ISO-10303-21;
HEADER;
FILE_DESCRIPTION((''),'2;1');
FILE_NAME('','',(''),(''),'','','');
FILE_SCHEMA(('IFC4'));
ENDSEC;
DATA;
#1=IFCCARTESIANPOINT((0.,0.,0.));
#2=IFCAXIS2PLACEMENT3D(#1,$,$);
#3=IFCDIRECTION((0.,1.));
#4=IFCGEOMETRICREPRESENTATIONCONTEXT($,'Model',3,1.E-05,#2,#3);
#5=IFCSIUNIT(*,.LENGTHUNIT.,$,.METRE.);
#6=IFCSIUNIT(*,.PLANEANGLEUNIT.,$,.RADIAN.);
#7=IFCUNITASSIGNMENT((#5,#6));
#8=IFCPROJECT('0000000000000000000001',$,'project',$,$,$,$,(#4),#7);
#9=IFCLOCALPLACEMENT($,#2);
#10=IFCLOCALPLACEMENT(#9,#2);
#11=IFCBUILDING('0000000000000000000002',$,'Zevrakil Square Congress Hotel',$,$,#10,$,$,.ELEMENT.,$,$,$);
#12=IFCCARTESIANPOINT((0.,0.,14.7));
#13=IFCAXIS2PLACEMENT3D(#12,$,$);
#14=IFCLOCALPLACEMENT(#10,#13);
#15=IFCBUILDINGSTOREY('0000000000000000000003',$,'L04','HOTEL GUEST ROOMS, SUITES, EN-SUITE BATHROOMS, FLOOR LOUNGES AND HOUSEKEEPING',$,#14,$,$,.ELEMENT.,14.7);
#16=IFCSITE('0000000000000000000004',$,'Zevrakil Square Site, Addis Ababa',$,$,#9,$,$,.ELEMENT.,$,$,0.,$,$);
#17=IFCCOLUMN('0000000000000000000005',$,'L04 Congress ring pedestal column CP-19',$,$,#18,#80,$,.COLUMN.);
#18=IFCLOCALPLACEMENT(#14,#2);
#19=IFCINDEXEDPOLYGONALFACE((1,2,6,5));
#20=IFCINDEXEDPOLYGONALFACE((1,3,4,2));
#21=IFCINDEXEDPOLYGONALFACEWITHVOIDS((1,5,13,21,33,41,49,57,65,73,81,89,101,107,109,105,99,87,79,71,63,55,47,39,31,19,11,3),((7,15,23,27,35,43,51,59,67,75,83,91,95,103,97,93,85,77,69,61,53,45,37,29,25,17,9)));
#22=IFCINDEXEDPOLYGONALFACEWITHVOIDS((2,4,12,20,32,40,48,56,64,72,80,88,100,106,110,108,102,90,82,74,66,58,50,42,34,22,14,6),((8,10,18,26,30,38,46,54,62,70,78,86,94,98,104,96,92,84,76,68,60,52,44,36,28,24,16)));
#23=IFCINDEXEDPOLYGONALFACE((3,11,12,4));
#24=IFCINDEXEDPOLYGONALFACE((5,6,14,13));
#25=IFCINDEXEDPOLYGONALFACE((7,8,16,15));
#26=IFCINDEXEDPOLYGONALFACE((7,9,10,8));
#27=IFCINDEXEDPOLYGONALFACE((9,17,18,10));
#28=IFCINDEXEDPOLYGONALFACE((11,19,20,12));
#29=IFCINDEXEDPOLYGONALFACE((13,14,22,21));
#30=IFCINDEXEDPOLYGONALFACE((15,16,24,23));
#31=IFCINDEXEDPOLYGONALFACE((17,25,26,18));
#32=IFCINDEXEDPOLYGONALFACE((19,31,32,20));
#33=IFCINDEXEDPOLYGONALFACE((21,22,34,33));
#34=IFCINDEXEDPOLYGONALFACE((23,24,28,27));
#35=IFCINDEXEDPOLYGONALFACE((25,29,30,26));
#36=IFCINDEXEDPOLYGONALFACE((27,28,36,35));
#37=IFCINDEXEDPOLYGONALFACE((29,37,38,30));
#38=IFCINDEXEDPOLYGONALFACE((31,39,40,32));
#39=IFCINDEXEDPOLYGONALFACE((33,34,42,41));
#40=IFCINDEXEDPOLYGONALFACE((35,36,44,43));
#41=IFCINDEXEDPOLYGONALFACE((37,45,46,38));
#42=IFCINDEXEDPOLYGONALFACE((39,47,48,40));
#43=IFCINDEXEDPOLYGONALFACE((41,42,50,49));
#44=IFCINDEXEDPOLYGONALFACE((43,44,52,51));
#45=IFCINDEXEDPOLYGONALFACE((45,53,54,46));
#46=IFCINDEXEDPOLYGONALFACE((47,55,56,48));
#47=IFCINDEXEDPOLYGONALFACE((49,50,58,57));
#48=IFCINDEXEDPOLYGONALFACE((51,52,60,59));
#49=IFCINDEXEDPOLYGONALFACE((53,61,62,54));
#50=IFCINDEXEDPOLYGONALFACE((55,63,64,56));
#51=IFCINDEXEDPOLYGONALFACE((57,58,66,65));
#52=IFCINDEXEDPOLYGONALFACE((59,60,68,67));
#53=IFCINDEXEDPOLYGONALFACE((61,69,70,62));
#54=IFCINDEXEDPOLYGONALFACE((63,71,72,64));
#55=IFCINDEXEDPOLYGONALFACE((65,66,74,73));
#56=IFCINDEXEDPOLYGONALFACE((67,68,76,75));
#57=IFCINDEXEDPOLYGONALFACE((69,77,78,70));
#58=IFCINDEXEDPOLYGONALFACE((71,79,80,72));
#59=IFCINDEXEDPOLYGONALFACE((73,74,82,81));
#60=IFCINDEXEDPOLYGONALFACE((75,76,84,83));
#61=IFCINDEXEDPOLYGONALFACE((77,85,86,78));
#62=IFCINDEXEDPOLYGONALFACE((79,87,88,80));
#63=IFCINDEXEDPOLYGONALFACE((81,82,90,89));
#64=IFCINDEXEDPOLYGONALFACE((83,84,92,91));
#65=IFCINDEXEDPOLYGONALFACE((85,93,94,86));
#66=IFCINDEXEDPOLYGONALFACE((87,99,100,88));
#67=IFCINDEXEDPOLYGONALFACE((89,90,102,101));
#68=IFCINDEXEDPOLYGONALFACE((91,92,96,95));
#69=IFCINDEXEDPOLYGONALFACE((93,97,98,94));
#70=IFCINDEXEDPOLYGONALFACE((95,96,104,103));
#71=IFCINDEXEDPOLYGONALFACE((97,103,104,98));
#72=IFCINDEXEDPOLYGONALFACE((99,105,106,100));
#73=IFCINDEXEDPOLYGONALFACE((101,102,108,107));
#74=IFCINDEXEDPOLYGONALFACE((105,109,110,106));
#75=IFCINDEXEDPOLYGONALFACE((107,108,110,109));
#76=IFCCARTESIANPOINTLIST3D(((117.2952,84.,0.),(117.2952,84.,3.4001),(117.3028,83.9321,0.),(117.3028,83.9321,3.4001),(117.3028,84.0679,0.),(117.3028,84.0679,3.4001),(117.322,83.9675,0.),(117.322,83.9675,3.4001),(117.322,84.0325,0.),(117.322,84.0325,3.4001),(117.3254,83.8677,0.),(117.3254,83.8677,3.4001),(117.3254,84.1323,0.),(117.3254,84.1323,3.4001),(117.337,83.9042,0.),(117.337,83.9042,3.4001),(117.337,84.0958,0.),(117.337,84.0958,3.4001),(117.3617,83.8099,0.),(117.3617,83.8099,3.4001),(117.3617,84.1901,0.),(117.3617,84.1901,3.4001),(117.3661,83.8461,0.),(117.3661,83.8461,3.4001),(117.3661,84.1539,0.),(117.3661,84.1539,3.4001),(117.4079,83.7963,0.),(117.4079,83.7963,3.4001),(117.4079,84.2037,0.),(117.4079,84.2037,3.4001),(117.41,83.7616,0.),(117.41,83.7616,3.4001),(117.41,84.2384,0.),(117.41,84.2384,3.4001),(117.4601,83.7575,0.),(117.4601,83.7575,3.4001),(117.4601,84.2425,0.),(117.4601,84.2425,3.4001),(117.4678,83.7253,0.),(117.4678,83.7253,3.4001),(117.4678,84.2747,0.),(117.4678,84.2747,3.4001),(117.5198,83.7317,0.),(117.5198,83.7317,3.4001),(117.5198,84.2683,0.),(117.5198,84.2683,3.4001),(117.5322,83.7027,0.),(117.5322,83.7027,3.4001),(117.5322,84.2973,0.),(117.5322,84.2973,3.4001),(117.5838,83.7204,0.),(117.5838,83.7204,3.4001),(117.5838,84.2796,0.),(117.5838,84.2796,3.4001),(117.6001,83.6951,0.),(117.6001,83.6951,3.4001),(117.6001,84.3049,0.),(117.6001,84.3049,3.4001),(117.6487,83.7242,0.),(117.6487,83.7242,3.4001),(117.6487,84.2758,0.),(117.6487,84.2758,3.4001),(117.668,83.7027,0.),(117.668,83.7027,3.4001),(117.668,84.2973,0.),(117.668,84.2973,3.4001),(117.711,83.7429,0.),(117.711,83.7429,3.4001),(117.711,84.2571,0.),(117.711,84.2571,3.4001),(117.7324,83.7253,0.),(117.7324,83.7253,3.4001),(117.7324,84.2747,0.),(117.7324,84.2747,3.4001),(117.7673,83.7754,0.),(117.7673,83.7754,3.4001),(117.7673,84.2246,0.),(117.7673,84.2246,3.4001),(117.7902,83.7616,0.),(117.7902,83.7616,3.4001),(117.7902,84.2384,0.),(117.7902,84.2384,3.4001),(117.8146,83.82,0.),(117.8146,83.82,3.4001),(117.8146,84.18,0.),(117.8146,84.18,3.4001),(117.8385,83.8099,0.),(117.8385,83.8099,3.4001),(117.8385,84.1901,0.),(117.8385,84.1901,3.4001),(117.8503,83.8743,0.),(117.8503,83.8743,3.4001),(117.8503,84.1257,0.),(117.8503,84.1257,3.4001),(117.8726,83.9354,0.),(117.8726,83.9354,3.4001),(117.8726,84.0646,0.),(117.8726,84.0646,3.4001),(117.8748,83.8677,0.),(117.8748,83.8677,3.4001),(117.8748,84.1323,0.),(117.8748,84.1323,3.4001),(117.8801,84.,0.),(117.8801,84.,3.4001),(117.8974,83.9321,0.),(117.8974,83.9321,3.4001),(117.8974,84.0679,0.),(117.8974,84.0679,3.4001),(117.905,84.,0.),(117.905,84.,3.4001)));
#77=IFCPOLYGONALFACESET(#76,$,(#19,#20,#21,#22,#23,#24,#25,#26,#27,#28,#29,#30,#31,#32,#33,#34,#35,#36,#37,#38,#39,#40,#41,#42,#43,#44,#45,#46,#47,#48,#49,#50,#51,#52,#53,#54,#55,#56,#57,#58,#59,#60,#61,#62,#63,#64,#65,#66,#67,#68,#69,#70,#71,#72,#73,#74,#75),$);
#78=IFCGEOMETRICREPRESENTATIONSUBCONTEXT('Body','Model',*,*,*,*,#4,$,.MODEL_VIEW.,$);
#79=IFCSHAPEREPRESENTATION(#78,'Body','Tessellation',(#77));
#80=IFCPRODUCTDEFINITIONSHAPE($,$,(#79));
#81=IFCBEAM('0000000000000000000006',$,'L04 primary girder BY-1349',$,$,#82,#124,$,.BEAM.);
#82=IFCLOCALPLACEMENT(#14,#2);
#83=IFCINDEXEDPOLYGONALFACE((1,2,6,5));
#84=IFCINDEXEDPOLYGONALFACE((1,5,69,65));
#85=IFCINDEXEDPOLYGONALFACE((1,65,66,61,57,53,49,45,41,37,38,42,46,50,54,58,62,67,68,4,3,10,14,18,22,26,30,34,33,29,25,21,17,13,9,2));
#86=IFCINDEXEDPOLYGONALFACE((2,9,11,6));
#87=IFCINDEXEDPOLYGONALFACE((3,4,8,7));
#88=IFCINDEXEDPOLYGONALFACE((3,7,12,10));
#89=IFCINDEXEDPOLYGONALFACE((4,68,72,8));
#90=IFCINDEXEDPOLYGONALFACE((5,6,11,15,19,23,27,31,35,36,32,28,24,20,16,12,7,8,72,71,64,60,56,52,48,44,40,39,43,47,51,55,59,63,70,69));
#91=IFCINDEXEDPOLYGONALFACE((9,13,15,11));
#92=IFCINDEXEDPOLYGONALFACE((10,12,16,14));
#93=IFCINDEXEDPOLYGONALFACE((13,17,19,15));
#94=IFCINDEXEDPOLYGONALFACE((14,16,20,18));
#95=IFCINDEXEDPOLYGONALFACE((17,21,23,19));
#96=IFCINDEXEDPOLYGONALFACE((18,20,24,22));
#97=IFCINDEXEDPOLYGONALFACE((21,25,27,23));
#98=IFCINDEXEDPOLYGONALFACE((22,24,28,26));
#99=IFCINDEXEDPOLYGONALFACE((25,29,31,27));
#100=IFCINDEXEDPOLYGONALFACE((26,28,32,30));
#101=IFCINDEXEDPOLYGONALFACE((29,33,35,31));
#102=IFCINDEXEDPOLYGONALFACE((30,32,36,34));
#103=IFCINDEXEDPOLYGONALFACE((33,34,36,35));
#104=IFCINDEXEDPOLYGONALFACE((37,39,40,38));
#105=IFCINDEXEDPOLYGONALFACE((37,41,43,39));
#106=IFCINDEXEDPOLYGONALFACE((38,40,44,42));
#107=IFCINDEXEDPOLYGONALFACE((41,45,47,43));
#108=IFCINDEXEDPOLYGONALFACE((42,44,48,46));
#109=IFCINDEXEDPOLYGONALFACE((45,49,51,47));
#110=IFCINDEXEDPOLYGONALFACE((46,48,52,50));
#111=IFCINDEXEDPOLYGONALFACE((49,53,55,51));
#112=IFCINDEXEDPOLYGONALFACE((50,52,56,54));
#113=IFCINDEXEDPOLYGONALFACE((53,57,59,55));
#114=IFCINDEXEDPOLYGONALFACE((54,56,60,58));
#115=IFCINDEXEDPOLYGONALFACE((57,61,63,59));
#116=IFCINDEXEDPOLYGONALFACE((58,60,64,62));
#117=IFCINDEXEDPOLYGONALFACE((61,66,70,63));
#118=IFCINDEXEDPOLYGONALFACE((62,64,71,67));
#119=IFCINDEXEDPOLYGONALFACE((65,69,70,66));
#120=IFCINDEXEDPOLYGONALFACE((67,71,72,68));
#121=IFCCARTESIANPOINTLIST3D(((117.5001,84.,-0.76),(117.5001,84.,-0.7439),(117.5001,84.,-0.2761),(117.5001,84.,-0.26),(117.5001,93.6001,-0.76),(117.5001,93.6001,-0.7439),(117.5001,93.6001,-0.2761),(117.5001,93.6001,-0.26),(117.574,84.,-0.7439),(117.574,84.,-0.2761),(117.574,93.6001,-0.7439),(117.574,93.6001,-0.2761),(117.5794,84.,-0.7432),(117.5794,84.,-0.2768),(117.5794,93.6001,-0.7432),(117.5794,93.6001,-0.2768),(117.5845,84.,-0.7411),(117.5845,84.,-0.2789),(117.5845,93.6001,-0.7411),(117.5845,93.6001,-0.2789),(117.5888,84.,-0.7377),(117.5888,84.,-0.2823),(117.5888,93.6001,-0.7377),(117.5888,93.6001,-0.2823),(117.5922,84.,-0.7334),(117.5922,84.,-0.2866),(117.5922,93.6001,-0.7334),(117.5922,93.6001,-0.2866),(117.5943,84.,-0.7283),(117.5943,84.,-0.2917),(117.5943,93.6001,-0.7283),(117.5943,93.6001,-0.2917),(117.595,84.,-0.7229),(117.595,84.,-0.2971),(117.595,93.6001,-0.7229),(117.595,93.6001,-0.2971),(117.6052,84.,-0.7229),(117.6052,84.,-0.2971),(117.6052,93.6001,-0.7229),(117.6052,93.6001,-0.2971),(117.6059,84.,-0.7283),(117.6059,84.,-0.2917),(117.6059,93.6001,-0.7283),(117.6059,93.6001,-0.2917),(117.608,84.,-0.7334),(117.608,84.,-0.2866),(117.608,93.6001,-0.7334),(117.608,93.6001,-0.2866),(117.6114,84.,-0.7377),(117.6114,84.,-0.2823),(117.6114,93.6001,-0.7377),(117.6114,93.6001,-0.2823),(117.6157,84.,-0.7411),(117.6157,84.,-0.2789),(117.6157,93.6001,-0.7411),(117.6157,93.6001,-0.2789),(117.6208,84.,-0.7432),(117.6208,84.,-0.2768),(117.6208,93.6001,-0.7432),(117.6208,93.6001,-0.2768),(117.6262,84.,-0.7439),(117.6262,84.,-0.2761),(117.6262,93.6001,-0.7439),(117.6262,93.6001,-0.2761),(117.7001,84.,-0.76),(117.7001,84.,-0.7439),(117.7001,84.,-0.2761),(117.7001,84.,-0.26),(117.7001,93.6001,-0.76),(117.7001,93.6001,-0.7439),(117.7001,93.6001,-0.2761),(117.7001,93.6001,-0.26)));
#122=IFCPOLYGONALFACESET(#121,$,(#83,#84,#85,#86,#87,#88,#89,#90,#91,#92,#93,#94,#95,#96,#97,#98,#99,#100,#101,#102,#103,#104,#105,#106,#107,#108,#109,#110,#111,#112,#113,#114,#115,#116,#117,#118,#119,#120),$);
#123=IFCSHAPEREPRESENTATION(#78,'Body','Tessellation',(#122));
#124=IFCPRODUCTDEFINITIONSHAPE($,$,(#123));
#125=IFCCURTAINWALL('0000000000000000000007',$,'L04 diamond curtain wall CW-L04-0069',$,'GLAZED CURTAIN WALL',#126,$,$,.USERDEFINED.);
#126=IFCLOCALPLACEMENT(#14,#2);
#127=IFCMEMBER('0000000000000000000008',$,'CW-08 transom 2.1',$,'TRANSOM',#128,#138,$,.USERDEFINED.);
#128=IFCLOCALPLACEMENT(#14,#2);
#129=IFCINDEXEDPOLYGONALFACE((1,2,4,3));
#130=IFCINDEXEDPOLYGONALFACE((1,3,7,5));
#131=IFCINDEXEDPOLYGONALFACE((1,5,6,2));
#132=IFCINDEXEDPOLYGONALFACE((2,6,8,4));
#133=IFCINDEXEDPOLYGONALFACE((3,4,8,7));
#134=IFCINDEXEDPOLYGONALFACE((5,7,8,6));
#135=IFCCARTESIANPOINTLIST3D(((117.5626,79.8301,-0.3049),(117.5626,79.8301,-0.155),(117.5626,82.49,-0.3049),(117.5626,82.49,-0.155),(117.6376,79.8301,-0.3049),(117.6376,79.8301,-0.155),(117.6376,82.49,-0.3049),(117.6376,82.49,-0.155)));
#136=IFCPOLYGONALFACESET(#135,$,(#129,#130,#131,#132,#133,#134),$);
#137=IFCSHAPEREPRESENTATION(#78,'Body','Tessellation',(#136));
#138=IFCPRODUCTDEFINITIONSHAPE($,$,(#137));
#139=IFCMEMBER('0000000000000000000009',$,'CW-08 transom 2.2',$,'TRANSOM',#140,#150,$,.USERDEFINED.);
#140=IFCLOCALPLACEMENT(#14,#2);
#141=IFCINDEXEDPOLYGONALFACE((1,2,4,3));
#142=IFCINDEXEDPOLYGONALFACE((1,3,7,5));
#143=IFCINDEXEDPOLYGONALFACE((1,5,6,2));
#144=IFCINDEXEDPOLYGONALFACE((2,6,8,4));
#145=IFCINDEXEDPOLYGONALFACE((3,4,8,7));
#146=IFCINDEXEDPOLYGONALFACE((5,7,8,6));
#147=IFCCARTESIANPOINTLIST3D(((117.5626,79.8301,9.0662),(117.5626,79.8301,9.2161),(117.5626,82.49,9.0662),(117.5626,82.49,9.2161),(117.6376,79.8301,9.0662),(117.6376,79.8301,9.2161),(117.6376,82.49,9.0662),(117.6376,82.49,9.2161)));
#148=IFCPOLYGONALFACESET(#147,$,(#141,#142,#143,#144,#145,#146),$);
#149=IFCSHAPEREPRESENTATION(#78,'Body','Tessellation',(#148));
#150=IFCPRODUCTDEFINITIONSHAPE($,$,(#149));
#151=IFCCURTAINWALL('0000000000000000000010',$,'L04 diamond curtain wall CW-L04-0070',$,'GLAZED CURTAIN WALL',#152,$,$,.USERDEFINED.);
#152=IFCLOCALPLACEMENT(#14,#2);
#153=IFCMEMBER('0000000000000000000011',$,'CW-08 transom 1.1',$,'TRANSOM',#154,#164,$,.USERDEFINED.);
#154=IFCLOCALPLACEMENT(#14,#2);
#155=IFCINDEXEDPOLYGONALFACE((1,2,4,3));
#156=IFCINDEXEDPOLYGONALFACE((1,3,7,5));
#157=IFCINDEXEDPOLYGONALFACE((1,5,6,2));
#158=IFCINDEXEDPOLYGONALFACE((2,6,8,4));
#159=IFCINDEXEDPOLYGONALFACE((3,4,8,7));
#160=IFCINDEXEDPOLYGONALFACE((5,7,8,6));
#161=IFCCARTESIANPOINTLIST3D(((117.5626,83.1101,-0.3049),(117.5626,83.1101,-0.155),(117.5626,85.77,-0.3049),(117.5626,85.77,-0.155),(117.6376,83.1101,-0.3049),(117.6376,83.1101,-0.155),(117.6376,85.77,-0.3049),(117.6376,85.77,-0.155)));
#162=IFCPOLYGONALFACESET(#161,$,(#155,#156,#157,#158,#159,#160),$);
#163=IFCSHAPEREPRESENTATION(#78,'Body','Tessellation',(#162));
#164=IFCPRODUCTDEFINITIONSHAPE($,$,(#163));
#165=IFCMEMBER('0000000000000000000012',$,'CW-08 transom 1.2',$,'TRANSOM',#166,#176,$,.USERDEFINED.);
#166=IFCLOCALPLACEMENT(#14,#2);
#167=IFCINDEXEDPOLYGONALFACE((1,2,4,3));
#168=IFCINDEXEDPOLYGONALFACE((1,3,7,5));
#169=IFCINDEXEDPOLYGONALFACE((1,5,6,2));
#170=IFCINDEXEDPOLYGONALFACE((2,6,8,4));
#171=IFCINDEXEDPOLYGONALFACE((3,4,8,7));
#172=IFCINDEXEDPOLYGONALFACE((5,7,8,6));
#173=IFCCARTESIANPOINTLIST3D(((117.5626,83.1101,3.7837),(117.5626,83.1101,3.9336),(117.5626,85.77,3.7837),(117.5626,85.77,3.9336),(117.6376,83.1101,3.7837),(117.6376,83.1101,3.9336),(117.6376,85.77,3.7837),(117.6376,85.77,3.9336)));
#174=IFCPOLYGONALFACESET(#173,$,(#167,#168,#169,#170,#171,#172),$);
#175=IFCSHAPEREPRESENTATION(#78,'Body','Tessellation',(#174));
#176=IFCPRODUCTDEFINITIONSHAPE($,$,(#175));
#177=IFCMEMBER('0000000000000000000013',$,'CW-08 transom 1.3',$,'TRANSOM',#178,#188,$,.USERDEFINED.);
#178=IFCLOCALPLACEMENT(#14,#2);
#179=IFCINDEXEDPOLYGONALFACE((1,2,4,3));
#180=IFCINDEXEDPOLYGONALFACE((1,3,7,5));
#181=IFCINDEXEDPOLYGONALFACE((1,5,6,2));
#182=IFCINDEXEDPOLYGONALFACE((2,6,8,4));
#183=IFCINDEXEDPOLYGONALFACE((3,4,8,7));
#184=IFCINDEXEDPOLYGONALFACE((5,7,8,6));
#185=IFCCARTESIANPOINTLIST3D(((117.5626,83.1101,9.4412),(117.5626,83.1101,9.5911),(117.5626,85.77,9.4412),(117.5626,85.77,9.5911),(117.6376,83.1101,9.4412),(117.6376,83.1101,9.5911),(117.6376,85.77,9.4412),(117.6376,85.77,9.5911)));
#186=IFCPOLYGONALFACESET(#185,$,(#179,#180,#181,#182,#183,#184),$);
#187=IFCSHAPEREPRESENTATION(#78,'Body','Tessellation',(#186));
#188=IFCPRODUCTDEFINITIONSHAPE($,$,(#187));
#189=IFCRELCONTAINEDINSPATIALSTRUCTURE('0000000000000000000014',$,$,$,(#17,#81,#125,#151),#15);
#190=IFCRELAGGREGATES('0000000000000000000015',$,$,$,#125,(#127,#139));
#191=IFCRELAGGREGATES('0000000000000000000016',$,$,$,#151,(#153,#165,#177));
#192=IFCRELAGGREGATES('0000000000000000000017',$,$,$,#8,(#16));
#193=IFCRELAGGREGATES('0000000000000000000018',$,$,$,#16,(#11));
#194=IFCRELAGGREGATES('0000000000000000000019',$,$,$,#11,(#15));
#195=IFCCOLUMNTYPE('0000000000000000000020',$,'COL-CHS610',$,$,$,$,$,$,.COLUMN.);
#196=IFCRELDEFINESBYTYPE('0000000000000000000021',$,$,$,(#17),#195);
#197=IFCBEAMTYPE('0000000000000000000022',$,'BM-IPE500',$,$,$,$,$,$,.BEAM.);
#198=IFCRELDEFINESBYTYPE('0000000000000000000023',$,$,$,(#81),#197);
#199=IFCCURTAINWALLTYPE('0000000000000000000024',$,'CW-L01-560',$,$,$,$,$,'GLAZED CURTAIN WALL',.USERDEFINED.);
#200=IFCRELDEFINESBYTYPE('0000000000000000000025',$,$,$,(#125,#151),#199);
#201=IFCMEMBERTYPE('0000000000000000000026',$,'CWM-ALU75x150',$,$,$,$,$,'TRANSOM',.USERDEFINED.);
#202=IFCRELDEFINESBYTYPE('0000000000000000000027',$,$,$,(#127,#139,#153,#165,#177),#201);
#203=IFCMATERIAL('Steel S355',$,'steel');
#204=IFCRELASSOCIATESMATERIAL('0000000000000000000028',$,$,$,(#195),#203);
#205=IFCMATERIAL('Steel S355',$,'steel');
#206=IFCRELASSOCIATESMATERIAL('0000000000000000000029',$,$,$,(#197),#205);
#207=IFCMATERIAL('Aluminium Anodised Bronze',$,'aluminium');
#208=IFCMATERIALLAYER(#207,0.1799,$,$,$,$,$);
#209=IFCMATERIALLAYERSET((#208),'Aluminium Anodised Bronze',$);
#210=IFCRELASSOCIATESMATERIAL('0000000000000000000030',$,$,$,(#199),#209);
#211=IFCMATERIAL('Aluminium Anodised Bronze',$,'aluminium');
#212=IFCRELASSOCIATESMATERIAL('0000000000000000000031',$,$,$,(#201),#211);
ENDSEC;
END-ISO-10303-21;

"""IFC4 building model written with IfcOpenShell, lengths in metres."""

from ifc_helpers import new_model, si_unit, direction, frame, origin, origin_2d, place, context, subcontext, project, spatial, rectangle, hollow_circle, i_section, extrude, material, layer, layer_set, material_profile, profile_set, type_object, element, aggregate, save


model = new_model("IFC4")

# Units and contexts
model_context = context("Model", 3, precision=1e-05, world=origin(), true_north=direction((0.0, 1.0)))
body_context = subcontext(model_context, "Body", "Model", "MODEL_VIEW")
ifc_project = project(units=[si_unit("LENGTHUNIT", "METRE"), si_unit("PLANEANGLEUNIT", "RADIAN")], contexts=[model_context])

# Site, building, storey
site_placement = place(None, origin())
site = spatial("IfcSite", under=ifc_project, at=site_placement, Name="Zevrakil Square Site, Addis Ababa", CompositionType="ELEMENT", RefElevation=0.0)
building_placement = place(site_placement, origin())
building = spatial("IfcBuilding", under=site, at=building_placement, Name="Zevrakil Square Congress Hotel", CompositionType="ELEMENT")
storey_placement = place(building_placement, frame((0.0, 0.0, 14.7)))
storey = spatial("IfcBuildingStorey", under=building, at=storey_placement, Name="L04", Description="HOTEL GUEST ROOMS, SUITES, EN-SUITE BATHROOMS, FLOOR LOUNGES AND HOUSEKEEPING", CompositionType="ELEMENT", Elevation=14.7)

# Column
ifc_material_1 = material(Name="Steel S355", Category="steel")
ifc_material_profile_1 = material_profile(ifc_material_1, hollow_circle(Radius=0.3049, WallThickness=0.0249, at=origin_2d()), Name="CHS 610x25")
ifc_profile_set_1 = profile_set([ifc_material_profile_1], Name="Steel S355")
column_type = type_object("IfcColumnType", Name="COL-CHS610", PredefinedType="COLUMN", material=ifc_profile_set_1)
column_placement = place(storey_placement, frame((117.6001, 84.0, 0.0), z_axis=(0.0, 0.0, 1.0), x_axis=(1.0, 0.0, 0.0)))
element("IfcColumn", 1, at=column_placement, inside=storey, type_object=column_type, Name="L04 Congress ring pedestal column CP-19", PredefinedType="COLUMN", context=body_context, shape_type="SweptSolid", body=[
    extrude(hollow_circle(Radius=0.3049, WallThickness=0.0249, at=origin_2d()), origin(), (0.0, 0.0, 1.0), 3.4001),
])

# Beam
ifc_material_2 = material(Name="Steel S355", Category="steel")
ifc_material_profile_2 = material_profile(ifc_material_2, i_section(OverallWidth=0.2, OverallDepth=0.5, WebThickness=0.0103, FlangeThickness=0.0161, FilletRadius=0.021, at=origin_2d()), Name="IPE 500")
ifc_profile_set_2 = profile_set([ifc_material_profile_2], Name="Steel S355")
beam_type = type_object("IfcBeamType", Name="BM-IPE500", PredefinedType="BEAM", material=ifc_profile_set_2)
beam_placement = place(storey_placement, frame((117.6001, 84.0, -0.51), z_axis=(0.0, 1.0, 0.0), x_axis=(-1.0, 0.0, 0.0)))
element("IfcBeam", 2, at=beam_placement, inside=storey, type_object=beam_type, Name="L04 primary girder BY-1349", PredefinedType="BEAM", context=body_context, shape_type="SweptSolid", body=[
    extrude(i_section(OverallWidth=0.2, OverallDepth=0.5, WebThickness=0.0103, FlangeThickness=0.0161, FilletRadius=0.021, at=origin_2d()), origin(), (0.0, 0.0, 1.0), 9.6001),
])

# Curtain walls, members
ifc_material_3 = material(Name="Aluminium Anodised Bronze", Category="aluminium")
ifc_layer_1 = layer(ifc_material_3, 0.1799)
ifc_layer_set_1 = layer_set([ifc_layer_1], Name="Aluminium Anodised Bronze")
curtain_wall_type = type_object("IfcCurtainWallType", Name="CW-L01-560", ElementType="GLAZED CURTAIN WALL", PredefinedType="USERDEFINED", material=ifc_layer_set_1)
curtain_wall_1_placement = place(storey_placement, origin())
curtain_wall_1 = element("IfcCurtainWall", 3, at=curtain_wall_1_placement, inside=storey, type_object=curtain_wall_type, Name="L04 diamond curtain wall CW-L04-0069", ObjectType="GLAZED CURTAIN WALL", PredefinedType="USERDEFINED")
ifc_material_4 = material(Name="Aluminium Anodised Bronze", Category="aluminium")
ifc_material_profile_3 = material_profile(ifc_material_4, rectangle(XDim=0.075, YDim=0.1499, at=origin_2d()), Name="ALU 75x150")
ifc_profile_set_3 = profile_set([ifc_material_profile_3], Name="Aluminium Anodised Bronze")
member_type_1 = type_object("IfcMemberType", Name="CWM-ALU75x150", ElementType="TRANSOM", PredefinedType="USERDEFINED", material=ifc_profile_set_3)
member_1_placement = place(storey_placement, frame((117.6001, 79.8301, -0.23), z_axis=(0.0, 1.0, 0.0), x_axis=(-1.0, 0.0, 0.0)))
member_1 = element("IfcMember", 4, at=member_1_placement, type_object=member_type_1, Name="CW-08 transom 2.1", ObjectType="TRANSOM", PredefinedType="USERDEFINED", context=body_context, shape_type="SweptSolid", body=[
    extrude(rectangle(XDim=0.075, YDim=0.1499, at=origin_2d()), origin(), (0.0, 0.0, 1.0), 2.6599),
])
member_2_placement = place(storey_placement, frame((117.6001, 79.8301, 9.1411), z_axis=(0.0, 1.0, 0.0), x_axis=(-1.0, 0.0, 0.0)))
member_2 = element("IfcMember", 5, at=member_2_placement, type_object=member_type_1, Name="CW-08 transom 2.2", ObjectType="TRANSOM", PredefinedType="USERDEFINED", context=body_context, shape_type="SweptSolid", body=[
    extrude(rectangle(XDim=0.075, YDim=0.1499, at=origin_2d()), origin(), (0.0, 0.0, 1.0), 2.6599),
])
curtain_wall_2_placement = place(storey_placement, origin())
curtain_wall_2 = element("IfcCurtainWall", 6, at=curtain_wall_2_placement, inside=storey, type_object=curtain_wall_type, Name="L04 diamond curtain wall CW-L04-0070", ObjectType="GLAZED CURTAIN WALL", PredefinedType="USERDEFINED")
member_3_placement = place(storey_placement, frame((117.6001, 83.1101, -0.23), z_axis=(0.0, 1.0, 0.0), x_axis=(-1.0, 0.0, 0.0)))
member_3 = element("IfcMember", 7, at=member_3_placement, type_object=member_type_1, Name="CW-08 transom 1.1", ObjectType="TRANSOM", PredefinedType="USERDEFINED", context=body_context, shape_type="SweptSolid", body=[
    extrude(rectangle(XDim=0.075, YDim=0.1499, at=origin_2d()), origin(), (0.0, 0.0, 1.0), 2.6599),
])
member_4_placement = place(storey_placement, frame((117.6001, 83.1101, 3.8586), z_axis=(0.0, 1.0, 0.0), x_axis=(-1.0, 0.0, 0.0)))
member_4 = element("IfcMember", 8, at=member_4_placement, type_object=member_type_1, Name="CW-08 transom 1.2", ObjectType="TRANSOM", PredefinedType="USERDEFINED", context=body_context, shape_type="SweptSolid", body=[
    extrude(rectangle(XDim=0.075, YDim=0.1499, at=origin_2d()), origin(), (0.0, 0.0, 1.0), 2.6599),
])
member_5_placement = place(storey_placement, frame((117.6001, 83.1101, 9.5161), z_axis=(0.0, 1.0, 0.0), x_axis=(-1.0, 0.0, 0.0)))
member_5 = element("IfcMember", 9, at=member_5_placement, type_object=member_type_1, Name="CW-08 transom 1.3", ObjectType="TRANSOM", PredefinedType="USERDEFINED", context=body_context, shape_type="SweptSolid", body=[
    extrude(rectangle(XDim=0.075, YDim=0.1499, at=origin_2d()), origin(), (0.0, 0.0, 1.0), 2.6599),
])

aggregate(curtain_wall_1, [member_1, member_2])
aggregate(curtain_wall_2, [member_3, member_4, member_5])

save(model, "model.ifc")
